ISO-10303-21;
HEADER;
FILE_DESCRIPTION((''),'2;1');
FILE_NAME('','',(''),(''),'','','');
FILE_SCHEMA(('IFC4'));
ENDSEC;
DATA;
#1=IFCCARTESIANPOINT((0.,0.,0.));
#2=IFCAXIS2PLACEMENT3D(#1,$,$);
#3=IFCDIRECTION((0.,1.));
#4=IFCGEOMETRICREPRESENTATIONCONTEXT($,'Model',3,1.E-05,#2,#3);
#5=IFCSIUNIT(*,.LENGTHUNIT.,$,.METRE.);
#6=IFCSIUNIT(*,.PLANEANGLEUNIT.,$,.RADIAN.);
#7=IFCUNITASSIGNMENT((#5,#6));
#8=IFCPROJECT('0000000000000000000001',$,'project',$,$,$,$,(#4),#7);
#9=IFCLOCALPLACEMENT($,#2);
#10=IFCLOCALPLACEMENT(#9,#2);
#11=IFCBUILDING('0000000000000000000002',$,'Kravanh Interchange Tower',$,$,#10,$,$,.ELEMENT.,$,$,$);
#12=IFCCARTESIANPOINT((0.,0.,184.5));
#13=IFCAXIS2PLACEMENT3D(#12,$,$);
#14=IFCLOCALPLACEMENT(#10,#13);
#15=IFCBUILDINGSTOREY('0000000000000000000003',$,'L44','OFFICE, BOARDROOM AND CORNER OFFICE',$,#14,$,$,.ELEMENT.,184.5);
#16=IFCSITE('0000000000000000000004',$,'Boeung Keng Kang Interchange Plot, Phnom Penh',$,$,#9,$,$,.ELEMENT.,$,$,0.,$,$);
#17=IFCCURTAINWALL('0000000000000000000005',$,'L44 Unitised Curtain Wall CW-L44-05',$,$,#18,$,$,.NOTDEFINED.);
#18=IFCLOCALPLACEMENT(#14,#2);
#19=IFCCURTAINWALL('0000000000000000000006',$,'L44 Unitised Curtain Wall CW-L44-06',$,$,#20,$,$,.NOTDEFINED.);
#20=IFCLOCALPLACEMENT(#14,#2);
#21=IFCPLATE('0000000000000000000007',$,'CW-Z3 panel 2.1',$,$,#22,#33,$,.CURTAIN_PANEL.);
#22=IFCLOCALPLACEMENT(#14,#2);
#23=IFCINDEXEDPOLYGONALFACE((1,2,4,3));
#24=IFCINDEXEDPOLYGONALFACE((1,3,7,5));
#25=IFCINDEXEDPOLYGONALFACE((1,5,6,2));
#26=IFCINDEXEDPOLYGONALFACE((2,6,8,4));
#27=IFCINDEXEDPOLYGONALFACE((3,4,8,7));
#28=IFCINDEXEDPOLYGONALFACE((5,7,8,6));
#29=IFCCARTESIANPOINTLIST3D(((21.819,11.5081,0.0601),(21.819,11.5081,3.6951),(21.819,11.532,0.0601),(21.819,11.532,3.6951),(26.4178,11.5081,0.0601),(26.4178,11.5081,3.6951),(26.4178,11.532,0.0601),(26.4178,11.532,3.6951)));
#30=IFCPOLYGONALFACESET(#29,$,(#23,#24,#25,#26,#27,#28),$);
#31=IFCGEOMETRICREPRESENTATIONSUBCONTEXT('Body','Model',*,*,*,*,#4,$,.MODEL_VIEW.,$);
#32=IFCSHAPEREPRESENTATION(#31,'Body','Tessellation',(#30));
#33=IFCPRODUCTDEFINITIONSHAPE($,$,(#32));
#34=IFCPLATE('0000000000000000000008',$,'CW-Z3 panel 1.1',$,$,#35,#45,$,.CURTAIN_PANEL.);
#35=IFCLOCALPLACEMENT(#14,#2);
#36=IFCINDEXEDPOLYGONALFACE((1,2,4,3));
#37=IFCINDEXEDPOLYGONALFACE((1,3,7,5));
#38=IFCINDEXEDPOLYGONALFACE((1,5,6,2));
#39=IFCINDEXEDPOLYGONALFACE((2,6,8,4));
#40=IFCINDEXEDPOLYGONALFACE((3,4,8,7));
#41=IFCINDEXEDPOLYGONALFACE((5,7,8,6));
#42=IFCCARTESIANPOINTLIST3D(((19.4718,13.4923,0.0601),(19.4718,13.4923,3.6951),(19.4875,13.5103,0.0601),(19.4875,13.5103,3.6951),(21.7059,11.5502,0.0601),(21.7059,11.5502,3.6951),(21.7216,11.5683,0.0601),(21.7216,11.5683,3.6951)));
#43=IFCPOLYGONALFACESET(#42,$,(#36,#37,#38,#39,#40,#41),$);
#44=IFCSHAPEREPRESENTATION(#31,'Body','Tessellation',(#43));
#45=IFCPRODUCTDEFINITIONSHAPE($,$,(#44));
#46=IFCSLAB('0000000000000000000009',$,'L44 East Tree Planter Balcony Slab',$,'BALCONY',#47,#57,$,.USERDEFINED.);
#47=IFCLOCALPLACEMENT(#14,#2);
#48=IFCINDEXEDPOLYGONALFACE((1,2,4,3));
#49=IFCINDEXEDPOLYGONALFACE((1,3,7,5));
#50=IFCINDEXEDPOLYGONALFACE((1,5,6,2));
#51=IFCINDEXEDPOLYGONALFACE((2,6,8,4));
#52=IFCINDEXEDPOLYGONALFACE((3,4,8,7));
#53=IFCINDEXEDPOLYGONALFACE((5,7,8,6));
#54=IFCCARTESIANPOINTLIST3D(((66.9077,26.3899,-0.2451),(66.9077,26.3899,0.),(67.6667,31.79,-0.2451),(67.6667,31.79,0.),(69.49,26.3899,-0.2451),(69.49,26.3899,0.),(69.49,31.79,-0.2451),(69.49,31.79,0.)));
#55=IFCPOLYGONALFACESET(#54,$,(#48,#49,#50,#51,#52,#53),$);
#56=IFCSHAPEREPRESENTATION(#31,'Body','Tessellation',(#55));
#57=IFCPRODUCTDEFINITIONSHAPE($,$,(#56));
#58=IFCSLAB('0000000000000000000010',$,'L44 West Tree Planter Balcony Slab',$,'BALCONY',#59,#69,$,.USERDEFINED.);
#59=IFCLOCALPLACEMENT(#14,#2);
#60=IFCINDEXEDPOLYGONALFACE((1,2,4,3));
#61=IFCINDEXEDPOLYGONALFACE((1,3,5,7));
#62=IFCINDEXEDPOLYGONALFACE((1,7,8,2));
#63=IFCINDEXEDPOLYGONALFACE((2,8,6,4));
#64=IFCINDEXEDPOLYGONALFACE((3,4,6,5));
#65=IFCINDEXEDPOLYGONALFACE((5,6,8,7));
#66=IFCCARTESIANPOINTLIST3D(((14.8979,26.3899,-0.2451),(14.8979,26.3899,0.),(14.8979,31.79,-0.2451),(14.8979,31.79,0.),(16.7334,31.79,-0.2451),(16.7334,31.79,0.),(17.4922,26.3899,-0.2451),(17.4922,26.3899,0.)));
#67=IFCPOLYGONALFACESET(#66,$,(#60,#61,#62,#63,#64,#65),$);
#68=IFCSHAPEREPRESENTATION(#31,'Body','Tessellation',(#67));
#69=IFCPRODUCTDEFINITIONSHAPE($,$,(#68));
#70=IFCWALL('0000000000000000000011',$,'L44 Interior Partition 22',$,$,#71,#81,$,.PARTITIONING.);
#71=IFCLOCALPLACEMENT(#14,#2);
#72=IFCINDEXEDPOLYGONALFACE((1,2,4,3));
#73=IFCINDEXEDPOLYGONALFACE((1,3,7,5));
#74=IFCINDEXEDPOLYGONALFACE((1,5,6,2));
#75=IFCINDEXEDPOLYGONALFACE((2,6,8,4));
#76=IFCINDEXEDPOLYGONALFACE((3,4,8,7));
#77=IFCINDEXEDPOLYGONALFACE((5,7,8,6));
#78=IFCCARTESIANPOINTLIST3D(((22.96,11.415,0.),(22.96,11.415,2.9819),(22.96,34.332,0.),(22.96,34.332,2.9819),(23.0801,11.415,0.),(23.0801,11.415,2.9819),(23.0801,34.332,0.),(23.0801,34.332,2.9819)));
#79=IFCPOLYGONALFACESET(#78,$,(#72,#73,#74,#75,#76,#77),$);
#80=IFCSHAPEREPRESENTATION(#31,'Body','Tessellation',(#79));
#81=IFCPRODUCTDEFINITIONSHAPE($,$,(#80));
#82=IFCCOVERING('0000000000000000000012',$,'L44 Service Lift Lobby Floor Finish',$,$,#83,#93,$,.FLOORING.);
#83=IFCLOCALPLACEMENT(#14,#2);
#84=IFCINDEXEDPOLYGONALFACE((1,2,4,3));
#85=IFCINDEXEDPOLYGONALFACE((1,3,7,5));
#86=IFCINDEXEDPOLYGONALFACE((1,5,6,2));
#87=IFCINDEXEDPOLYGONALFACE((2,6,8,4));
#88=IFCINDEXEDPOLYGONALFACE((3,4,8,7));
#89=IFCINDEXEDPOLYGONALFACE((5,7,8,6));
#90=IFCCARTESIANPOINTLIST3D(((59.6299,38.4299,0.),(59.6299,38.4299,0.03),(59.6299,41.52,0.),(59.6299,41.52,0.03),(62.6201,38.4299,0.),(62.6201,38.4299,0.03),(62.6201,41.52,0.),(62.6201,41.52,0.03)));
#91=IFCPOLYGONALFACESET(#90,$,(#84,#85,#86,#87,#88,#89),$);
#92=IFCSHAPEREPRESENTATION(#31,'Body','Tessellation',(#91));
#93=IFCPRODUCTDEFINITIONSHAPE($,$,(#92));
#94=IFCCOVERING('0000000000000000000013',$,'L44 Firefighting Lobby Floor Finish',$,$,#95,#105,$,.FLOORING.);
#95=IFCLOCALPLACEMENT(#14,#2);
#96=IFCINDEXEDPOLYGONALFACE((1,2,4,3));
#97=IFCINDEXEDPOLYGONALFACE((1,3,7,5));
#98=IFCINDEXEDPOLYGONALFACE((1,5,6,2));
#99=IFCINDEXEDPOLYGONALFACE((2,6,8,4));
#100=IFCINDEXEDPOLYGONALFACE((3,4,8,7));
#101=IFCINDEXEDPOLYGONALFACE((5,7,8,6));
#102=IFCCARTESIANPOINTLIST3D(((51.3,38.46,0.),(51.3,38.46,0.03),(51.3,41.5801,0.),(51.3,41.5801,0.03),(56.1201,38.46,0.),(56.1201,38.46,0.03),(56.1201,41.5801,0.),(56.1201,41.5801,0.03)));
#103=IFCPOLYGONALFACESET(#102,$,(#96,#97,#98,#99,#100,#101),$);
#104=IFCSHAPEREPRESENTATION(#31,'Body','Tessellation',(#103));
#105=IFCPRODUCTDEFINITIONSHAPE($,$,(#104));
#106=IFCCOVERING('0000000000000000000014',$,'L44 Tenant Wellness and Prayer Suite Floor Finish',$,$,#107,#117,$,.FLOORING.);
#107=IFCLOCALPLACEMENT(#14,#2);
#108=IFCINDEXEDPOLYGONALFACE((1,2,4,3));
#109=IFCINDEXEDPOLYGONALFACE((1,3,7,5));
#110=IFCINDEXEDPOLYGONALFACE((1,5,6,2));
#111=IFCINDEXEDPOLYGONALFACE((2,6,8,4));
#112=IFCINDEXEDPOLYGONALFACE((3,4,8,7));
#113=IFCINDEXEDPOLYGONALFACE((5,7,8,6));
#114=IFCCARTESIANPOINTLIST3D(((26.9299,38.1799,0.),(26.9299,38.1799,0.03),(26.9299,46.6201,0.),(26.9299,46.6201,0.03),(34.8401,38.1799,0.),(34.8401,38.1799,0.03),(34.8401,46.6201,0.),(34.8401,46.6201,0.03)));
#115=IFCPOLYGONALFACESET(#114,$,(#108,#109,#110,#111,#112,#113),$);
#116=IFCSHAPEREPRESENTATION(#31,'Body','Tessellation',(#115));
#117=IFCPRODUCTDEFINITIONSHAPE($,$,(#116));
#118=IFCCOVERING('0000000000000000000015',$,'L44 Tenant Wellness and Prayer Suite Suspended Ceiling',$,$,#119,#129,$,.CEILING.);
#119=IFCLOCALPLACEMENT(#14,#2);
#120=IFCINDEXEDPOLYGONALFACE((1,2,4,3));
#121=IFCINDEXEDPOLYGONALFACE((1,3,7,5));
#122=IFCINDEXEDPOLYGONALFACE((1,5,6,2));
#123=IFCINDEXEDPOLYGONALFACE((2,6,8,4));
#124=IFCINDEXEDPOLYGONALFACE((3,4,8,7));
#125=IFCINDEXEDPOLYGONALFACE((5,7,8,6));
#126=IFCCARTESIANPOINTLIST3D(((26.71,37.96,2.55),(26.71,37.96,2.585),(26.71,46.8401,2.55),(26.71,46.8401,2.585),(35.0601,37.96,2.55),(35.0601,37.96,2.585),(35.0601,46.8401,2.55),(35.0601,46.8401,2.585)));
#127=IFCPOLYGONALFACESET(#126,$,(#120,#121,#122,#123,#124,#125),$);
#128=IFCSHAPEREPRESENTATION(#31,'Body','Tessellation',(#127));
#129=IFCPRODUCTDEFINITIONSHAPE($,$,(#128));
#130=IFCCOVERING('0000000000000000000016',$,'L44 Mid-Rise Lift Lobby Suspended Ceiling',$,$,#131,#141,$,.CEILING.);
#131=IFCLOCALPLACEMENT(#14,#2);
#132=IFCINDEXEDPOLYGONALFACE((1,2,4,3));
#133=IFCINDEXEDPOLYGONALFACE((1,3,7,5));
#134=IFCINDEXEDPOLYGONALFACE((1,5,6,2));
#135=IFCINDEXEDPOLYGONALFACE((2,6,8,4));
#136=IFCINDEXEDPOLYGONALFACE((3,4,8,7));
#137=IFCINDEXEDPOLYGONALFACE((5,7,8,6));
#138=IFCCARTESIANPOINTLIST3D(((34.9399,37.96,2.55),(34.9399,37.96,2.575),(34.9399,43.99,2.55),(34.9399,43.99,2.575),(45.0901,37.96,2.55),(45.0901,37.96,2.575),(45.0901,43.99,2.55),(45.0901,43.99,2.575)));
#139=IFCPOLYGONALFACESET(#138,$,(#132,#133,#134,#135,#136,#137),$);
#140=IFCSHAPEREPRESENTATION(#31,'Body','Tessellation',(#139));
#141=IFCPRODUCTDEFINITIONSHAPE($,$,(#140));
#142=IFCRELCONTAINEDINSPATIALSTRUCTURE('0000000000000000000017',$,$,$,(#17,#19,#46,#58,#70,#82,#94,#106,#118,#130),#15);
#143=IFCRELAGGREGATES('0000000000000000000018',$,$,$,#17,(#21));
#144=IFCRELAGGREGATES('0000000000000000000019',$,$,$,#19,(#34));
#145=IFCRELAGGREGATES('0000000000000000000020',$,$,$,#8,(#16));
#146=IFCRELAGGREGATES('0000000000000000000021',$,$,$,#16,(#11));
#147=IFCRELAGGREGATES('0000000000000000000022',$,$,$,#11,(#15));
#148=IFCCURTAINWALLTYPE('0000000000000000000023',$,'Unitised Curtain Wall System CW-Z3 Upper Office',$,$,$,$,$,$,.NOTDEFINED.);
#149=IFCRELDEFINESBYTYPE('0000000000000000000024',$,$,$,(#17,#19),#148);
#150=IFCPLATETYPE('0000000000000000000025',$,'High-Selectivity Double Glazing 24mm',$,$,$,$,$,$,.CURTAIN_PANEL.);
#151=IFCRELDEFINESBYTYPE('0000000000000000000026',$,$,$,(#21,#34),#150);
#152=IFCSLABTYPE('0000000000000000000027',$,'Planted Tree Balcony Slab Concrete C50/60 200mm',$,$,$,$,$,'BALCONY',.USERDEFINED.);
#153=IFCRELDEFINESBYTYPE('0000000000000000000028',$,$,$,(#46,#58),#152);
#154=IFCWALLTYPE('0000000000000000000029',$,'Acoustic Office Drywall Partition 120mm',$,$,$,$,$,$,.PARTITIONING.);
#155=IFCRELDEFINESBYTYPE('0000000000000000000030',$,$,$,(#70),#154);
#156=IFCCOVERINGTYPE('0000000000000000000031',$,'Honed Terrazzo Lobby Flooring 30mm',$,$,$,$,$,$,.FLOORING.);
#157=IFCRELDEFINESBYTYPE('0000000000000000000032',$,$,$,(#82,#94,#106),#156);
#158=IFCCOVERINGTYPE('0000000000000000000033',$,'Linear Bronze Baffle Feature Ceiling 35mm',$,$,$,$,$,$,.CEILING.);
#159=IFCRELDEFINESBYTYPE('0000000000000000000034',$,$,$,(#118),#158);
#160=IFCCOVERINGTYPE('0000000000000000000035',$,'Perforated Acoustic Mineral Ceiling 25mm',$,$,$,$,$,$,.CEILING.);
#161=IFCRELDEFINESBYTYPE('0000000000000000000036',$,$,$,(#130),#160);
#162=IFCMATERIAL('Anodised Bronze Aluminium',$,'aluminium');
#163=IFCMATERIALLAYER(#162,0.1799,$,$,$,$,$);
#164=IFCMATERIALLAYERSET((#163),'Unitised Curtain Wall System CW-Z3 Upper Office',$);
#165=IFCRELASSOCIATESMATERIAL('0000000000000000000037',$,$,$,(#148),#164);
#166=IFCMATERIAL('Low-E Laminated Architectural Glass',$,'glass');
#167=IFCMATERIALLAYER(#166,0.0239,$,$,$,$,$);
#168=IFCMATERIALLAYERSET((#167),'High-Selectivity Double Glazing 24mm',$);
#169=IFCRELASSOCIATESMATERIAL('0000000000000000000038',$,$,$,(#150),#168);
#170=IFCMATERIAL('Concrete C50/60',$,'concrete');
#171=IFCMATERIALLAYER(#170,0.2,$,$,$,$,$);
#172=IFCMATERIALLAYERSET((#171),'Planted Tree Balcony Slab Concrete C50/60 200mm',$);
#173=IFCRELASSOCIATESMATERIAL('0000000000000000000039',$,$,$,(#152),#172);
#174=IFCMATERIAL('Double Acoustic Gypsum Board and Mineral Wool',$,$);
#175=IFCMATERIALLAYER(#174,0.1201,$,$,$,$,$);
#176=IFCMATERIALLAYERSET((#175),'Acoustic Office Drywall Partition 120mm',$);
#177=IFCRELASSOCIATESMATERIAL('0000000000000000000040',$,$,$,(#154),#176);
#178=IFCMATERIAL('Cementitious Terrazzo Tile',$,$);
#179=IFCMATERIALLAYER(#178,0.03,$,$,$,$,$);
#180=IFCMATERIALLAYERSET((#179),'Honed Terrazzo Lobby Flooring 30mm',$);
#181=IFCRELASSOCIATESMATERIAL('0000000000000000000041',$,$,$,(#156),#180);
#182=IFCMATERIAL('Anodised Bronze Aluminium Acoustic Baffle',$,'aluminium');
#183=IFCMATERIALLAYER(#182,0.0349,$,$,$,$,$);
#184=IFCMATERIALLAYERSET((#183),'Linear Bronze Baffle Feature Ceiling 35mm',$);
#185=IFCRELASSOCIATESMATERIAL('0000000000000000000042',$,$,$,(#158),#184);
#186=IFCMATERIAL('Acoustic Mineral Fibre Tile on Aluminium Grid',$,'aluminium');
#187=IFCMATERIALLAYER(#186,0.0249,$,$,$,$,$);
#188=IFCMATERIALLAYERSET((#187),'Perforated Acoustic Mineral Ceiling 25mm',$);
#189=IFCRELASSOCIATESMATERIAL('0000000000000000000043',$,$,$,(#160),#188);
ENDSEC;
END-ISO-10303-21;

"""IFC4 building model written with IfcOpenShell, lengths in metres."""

from ifc_helpers import new_model, si_unit, direction, frame, frame_2d, origin, origin_2d, place, context, subcontext, project, spatial, polyline, rectangle, outline, extrude, material, layer, layer_set, type_object, element, aggregate, save


model = new_model("IFC4")

# Units and contexts
model_context = context("Model", 3, precision=1e-05, world=origin(), true_north=direction((0.0, 1.0)))
body_context = subcontext(model_context, "Body", "Model", "MODEL_VIEW")
ifc_project = project(units=[si_unit("LENGTHUNIT", "METRE"), si_unit("PLANEANGLEUNIT", "RADIAN")], contexts=[model_context])

# Site, building, storey
site_placement = place(None, origin())
site = spatial("IfcSite", under=ifc_project, at=site_placement, Name="Boeung Keng Kang Interchange Plot, Phnom Penh", CompositionType="ELEMENT", RefElevation=0.0)
building_placement = place(site_placement, origin())
building = spatial("IfcBuilding", under=site, at=building_placement, Name="Kravanh Interchange Tower", CompositionType="ELEMENT")
storey_placement = place(building_placement, frame((0.0, 0.0, 184.5)))
storey = spatial("IfcBuildingStorey", under=building, at=storey_placement, Name="L44", Description="OFFICE, BOARDROOM AND CORNER OFFICE", CompositionType="ELEMENT", Elevation=184.5)

# Curtain wall
ifc_material_1 = material(Name="Anodised Bronze Aluminium", Category="aluminium")
ifc_layer_1 = layer(ifc_material_1, 0.1799)
ifc_layer_set_1 = layer_set([ifc_layer_1], Name="Unitised Curtain Wall System CW-Z3 Upper Office")
curtain_wall_type = type_object("IfcCurtainWallType", Name="Unitised Curtain Wall System CW-Z3 Upper Office", PredefinedType="NOTDEFINED", material=ifc_layer_set_1)
curtain_wall_1_placement = place(storey_placement, origin())
curtain_wall_1 = element("IfcCurtainWall", 1, at=curtain_wall_1_placement, inside=storey, type_object=curtain_wall_type, Name="L44 Unitised Curtain Wall CW-L44-05", PredefinedType="NOTDEFINED")

# Curtain wall
curtain_wall_2_placement = place(storey_placement, origin())
curtain_wall_2 = element("IfcCurtainWall", 2, at=curtain_wall_2_placement, inside=storey, type_object=curtain_wall_type, Name="L44 Unitised Curtain Wall CW-L44-06", PredefinedType="NOTDEFINED")

# Plates
ifc_material_2 = material(Name="Low-E Laminated Architectural Glass", Category="glass")
ifc_layer_2 = layer(ifc_material_2, 0.0239)
ifc_layer_set_2 = layer_set([ifc_layer_2], Name="High-Selectivity Double Glazing 24mm")
plate_type = type_object("IfcPlateType", Name="High-Selectivity Double Glazing 24mm", PredefinedType="CURTAIN_PANEL", material=ifc_layer_set_2)
plate_1_placement = place(storey_placement, frame((24.1184, 11.52, 0.0601), z_axis=(0.0, 0.0, 1.0), x_axis=(-1.0, 0.0, 0.0)))
plate_1 = element("IfcPlate", 3, at=plate_1_placement, type_object=plate_type, Name="CW-Z3 panel 2.1", PredefinedType="CURTAIN_PANEL", context=body_context, shape_type="SweptSolid", body=[
    extrude(rectangle(XDim=4.5989, YDim=0.0239, at=origin_2d()), origin(), (0.0, 0.0, 1.0), 3.635),
])
aggregate(curtain_wall_1, [plate_1])
plate_2_placement = place(storey_placement, frame((20.5967, 12.5303, 0.0601), z_axis=(0.0, 0.0, 1.0), x_axis=(-0.754717, 0.656051, 0.0)))
plate_2 = element("IfcPlate", 4, at=plate_2_placement, type_object=plate_type, Name="CW-Z3 panel 1.1", PredefinedType="CURTAIN_PANEL", context=body_context, shape_type="SweptSolid", body=[
    extrude(rectangle(XDim=2.9602, YDim=0.0239, at=origin_2d()), origin(), (0.0, 0.0, 1.0), 3.635),
])
aggregate(curtain_wall_2, [plate_2])

# Slabs
ifc_material_3 = material(Name="Concrete C50/60", Category="concrete")
ifc_layer_3 = layer(ifc_material_3, 0.2)
ifc_layer_set_3 = layer_set([ifc_layer_3], Name="Planted Tree Balcony Slab Concrete C50/60 200mm")
slab_type_1 = type_object("IfcSlabType", Name="Planted Tree Balcony Slab Concrete C50/60 200mm", ElementType="BALCONY", PredefinedType="USERDEFINED", material=ifc_layer_set_3)
slab_1_placement = place(storey_placement, frame((0.0, 0.0, -0.2451)))
element("IfcSlab", 5, at=slab_1_placement, inside=storey, type_object=slab_type_1, Name="L44 East Tree Planter Balcony Slab", ObjectType="BALCONY", PredefinedType="USERDEFINED", context=body_context, shape_type="SweptSolid", body=[
    extrude(outline(polyline([(69.49, 31.79), (69.49, 26.3899), (66.9077, 26.3899), (67.6667, 31.79), (69.49, 31.79)])), origin(), (0.0, 0.0, 1.0), 0.2451),
])
slab_2_placement = place(storey_placement, frame((0.0, 0.0, -0.2451)))
element("IfcSlab", 6, at=slab_2_placement, inside=storey, type_object=slab_type_1, Name="L44 West Tree Planter Balcony Slab", ObjectType="BALCONY", PredefinedType="USERDEFINED", context=body_context, shape_type="SweptSolid", body=[
    extrude(outline(polyline([(14.8979, 26.3899), (14.8979, 31.79), (16.7334, 31.79), (17.4922, 26.3899), (14.8979, 26.3899)])), origin(), (0.0, 0.0, 1.0), 0.2451),
])

# Wall
ifc_material_4 = material(Name="Double Acoustic Gypsum Board and Mineral Wool")
ifc_layer_4 = layer(ifc_material_4, 0.1201)
ifc_layer_set_4 = layer_set([ifc_layer_4], Name="Acoustic Office Drywall Partition 120mm")
wall_type = type_object("IfcWallType", Name="Acoustic Office Drywall Partition 120mm", PredefinedType="PARTITIONING", material=ifc_layer_set_4)
wall_placement = place(storey_placement, frame((23.02, 11.415, 0.0), z_axis=(0.0, 0.0, 1.0), x_axis=(0.0, 1.0, 0.0)))
element("IfcWall", 7, at=wall_placement, inside=storey, type_object=wall_type, Name="L44 Interior Partition 22", PredefinedType="PARTITIONING", context=body_context, shape_type="SweptSolid", body=[
    extrude(rectangle(XDim=22.917, YDim=0.1201, at=frame_2d((11.4585, 0.0))), origin(), (0.0, 0.0, 1.0), 2.9819),
])

# Coverings
ifc_material_5 = material(Name="Cementitious Terrazzo Tile")
ifc_layer_5 = layer(ifc_material_5, 0.03)
ifc_layer_set_5 = layer_set([ifc_layer_5], Name="Honed Terrazzo Lobby Flooring 30mm")
covering_type_1 = type_object("IfcCoveringType", Name="Honed Terrazzo Lobby Flooring 30mm", PredefinedType="FLOORING", material=ifc_layer_set_5)
covering_1_placement = place(storey_placement, origin())
element("IfcCovering", 8, at=covering_1_placement, inside=storey, type_object=covering_type_1, Name="L44 Service Lift Lobby Floor Finish", PredefinedType="FLOORING", context=body_context, shape_type="SweptSolid", body=[
    extrude(outline(polyline([(59.6299, 41.52), (62.6201, 41.52), (62.6201, 38.4299), (59.6299, 38.4299), (59.6299, 41.52)])), origin(), (0.0, 0.0, 1.0), 0.03),
])
covering_2_placement = place(storey_placement, origin())
element("IfcCovering", 9, at=covering_2_placement, inside=storey, type_object=covering_type_1, Name="L44 Firefighting Lobby Floor Finish", PredefinedType="FLOORING", context=body_context, shape_type="SweptSolid", body=[
    extrude(outline(polyline([(56.1201, 38.46), (51.3, 38.46), (51.3, 41.5801), (56.1201, 41.5801), (56.1201, 38.46)])), origin(), (0.0, 0.0, 1.0), 0.03),
])
covering_3_placement = place(storey_placement, origin())
element("IfcCovering", 10, at=covering_3_placement, inside=storey, type_object=covering_type_1, Name="L44 Tenant Wellness and Prayer Suite Floor Finish", PredefinedType="FLOORING", context=body_context, shape_type="SweptSolid", body=[
    extrude(outline(polyline([(26.9299, 46.6201), (34.8401, 46.6201), (34.8401, 38.1799), (26.9299, 38.1799), (26.9299, 46.6201)])), origin(), (0.0, 0.0, 1.0), 0.03),
])
ifc_material_6 = material(Name="Anodised Bronze Aluminium Acoustic Baffle", Category="aluminium")
ifc_layer_6 = layer(ifc_material_6, 0.0349)
ifc_layer_set_6 = layer_set([ifc_layer_6], Name="Linear Bronze Baffle Feature Ceiling 35mm")
covering_type_2 = type_object("IfcCoveringType", Name="Linear Bronze Baffle Feature Ceiling 35mm", PredefinedType="CEILING", material=ifc_layer_set_6)
covering_4_placement = place(storey_placement, frame((0.0, 0.0, 2.55)))
element("IfcCovering", 11, at=covering_4_placement, inside=storey, type_object=covering_type_2, Name="L44 Tenant Wellness and Prayer Suite Suspended Ceiling", PredefinedType="CEILING", context=body_context, shape_type="SweptSolid", body=[
    extrude(outline(polyline([(35.0601, 37.96), (26.71, 37.96), (26.71, 46.8401), (35.0601, 46.8401), (35.0601, 37.96)])), origin(), (0.0, 0.0, 1.0), 0.0349),
])
ifc_material_7 = material(Name="Acoustic Mineral Fibre Tile on Aluminium Grid", Category="aluminium")
ifc_layer_7 = layer(ifc_material_7, 0.0249)
ifc_layer_set_7 = layer_set([ifc_layer_7], Name="Perforated Acoustic Mineral Ceiling 25mm")
covering_type_3 = type_object("IfcCoveringType", Name="Perforated Acoustic Mineral Ceiling 25mm", PredefinedType="CEILING", material=ifc_layer_set_7)
covering_5_placement = place(storey_placement, frame((0.0, 0.0, 2.55)))
element("IfcCovering", 12, at=covering_5_placement, inside=storey, type_object=covering_type_3, Name="L44 Mid-Rise Lift Lobby Suspended Ceiling", PredefinedType="CEILING", context=body_context, shape_type="SweptSolid", body=[
    extrude(outline(polyline([(45.0901, 37.96), (34.9399, 37.96), (34.9399, 43.99), (45.0901, 43.99), (45.0901, 37.96)])), origin(), (0.0, 0.0, 1.0), 0.0249),
])

save(model, "model.ifc")
